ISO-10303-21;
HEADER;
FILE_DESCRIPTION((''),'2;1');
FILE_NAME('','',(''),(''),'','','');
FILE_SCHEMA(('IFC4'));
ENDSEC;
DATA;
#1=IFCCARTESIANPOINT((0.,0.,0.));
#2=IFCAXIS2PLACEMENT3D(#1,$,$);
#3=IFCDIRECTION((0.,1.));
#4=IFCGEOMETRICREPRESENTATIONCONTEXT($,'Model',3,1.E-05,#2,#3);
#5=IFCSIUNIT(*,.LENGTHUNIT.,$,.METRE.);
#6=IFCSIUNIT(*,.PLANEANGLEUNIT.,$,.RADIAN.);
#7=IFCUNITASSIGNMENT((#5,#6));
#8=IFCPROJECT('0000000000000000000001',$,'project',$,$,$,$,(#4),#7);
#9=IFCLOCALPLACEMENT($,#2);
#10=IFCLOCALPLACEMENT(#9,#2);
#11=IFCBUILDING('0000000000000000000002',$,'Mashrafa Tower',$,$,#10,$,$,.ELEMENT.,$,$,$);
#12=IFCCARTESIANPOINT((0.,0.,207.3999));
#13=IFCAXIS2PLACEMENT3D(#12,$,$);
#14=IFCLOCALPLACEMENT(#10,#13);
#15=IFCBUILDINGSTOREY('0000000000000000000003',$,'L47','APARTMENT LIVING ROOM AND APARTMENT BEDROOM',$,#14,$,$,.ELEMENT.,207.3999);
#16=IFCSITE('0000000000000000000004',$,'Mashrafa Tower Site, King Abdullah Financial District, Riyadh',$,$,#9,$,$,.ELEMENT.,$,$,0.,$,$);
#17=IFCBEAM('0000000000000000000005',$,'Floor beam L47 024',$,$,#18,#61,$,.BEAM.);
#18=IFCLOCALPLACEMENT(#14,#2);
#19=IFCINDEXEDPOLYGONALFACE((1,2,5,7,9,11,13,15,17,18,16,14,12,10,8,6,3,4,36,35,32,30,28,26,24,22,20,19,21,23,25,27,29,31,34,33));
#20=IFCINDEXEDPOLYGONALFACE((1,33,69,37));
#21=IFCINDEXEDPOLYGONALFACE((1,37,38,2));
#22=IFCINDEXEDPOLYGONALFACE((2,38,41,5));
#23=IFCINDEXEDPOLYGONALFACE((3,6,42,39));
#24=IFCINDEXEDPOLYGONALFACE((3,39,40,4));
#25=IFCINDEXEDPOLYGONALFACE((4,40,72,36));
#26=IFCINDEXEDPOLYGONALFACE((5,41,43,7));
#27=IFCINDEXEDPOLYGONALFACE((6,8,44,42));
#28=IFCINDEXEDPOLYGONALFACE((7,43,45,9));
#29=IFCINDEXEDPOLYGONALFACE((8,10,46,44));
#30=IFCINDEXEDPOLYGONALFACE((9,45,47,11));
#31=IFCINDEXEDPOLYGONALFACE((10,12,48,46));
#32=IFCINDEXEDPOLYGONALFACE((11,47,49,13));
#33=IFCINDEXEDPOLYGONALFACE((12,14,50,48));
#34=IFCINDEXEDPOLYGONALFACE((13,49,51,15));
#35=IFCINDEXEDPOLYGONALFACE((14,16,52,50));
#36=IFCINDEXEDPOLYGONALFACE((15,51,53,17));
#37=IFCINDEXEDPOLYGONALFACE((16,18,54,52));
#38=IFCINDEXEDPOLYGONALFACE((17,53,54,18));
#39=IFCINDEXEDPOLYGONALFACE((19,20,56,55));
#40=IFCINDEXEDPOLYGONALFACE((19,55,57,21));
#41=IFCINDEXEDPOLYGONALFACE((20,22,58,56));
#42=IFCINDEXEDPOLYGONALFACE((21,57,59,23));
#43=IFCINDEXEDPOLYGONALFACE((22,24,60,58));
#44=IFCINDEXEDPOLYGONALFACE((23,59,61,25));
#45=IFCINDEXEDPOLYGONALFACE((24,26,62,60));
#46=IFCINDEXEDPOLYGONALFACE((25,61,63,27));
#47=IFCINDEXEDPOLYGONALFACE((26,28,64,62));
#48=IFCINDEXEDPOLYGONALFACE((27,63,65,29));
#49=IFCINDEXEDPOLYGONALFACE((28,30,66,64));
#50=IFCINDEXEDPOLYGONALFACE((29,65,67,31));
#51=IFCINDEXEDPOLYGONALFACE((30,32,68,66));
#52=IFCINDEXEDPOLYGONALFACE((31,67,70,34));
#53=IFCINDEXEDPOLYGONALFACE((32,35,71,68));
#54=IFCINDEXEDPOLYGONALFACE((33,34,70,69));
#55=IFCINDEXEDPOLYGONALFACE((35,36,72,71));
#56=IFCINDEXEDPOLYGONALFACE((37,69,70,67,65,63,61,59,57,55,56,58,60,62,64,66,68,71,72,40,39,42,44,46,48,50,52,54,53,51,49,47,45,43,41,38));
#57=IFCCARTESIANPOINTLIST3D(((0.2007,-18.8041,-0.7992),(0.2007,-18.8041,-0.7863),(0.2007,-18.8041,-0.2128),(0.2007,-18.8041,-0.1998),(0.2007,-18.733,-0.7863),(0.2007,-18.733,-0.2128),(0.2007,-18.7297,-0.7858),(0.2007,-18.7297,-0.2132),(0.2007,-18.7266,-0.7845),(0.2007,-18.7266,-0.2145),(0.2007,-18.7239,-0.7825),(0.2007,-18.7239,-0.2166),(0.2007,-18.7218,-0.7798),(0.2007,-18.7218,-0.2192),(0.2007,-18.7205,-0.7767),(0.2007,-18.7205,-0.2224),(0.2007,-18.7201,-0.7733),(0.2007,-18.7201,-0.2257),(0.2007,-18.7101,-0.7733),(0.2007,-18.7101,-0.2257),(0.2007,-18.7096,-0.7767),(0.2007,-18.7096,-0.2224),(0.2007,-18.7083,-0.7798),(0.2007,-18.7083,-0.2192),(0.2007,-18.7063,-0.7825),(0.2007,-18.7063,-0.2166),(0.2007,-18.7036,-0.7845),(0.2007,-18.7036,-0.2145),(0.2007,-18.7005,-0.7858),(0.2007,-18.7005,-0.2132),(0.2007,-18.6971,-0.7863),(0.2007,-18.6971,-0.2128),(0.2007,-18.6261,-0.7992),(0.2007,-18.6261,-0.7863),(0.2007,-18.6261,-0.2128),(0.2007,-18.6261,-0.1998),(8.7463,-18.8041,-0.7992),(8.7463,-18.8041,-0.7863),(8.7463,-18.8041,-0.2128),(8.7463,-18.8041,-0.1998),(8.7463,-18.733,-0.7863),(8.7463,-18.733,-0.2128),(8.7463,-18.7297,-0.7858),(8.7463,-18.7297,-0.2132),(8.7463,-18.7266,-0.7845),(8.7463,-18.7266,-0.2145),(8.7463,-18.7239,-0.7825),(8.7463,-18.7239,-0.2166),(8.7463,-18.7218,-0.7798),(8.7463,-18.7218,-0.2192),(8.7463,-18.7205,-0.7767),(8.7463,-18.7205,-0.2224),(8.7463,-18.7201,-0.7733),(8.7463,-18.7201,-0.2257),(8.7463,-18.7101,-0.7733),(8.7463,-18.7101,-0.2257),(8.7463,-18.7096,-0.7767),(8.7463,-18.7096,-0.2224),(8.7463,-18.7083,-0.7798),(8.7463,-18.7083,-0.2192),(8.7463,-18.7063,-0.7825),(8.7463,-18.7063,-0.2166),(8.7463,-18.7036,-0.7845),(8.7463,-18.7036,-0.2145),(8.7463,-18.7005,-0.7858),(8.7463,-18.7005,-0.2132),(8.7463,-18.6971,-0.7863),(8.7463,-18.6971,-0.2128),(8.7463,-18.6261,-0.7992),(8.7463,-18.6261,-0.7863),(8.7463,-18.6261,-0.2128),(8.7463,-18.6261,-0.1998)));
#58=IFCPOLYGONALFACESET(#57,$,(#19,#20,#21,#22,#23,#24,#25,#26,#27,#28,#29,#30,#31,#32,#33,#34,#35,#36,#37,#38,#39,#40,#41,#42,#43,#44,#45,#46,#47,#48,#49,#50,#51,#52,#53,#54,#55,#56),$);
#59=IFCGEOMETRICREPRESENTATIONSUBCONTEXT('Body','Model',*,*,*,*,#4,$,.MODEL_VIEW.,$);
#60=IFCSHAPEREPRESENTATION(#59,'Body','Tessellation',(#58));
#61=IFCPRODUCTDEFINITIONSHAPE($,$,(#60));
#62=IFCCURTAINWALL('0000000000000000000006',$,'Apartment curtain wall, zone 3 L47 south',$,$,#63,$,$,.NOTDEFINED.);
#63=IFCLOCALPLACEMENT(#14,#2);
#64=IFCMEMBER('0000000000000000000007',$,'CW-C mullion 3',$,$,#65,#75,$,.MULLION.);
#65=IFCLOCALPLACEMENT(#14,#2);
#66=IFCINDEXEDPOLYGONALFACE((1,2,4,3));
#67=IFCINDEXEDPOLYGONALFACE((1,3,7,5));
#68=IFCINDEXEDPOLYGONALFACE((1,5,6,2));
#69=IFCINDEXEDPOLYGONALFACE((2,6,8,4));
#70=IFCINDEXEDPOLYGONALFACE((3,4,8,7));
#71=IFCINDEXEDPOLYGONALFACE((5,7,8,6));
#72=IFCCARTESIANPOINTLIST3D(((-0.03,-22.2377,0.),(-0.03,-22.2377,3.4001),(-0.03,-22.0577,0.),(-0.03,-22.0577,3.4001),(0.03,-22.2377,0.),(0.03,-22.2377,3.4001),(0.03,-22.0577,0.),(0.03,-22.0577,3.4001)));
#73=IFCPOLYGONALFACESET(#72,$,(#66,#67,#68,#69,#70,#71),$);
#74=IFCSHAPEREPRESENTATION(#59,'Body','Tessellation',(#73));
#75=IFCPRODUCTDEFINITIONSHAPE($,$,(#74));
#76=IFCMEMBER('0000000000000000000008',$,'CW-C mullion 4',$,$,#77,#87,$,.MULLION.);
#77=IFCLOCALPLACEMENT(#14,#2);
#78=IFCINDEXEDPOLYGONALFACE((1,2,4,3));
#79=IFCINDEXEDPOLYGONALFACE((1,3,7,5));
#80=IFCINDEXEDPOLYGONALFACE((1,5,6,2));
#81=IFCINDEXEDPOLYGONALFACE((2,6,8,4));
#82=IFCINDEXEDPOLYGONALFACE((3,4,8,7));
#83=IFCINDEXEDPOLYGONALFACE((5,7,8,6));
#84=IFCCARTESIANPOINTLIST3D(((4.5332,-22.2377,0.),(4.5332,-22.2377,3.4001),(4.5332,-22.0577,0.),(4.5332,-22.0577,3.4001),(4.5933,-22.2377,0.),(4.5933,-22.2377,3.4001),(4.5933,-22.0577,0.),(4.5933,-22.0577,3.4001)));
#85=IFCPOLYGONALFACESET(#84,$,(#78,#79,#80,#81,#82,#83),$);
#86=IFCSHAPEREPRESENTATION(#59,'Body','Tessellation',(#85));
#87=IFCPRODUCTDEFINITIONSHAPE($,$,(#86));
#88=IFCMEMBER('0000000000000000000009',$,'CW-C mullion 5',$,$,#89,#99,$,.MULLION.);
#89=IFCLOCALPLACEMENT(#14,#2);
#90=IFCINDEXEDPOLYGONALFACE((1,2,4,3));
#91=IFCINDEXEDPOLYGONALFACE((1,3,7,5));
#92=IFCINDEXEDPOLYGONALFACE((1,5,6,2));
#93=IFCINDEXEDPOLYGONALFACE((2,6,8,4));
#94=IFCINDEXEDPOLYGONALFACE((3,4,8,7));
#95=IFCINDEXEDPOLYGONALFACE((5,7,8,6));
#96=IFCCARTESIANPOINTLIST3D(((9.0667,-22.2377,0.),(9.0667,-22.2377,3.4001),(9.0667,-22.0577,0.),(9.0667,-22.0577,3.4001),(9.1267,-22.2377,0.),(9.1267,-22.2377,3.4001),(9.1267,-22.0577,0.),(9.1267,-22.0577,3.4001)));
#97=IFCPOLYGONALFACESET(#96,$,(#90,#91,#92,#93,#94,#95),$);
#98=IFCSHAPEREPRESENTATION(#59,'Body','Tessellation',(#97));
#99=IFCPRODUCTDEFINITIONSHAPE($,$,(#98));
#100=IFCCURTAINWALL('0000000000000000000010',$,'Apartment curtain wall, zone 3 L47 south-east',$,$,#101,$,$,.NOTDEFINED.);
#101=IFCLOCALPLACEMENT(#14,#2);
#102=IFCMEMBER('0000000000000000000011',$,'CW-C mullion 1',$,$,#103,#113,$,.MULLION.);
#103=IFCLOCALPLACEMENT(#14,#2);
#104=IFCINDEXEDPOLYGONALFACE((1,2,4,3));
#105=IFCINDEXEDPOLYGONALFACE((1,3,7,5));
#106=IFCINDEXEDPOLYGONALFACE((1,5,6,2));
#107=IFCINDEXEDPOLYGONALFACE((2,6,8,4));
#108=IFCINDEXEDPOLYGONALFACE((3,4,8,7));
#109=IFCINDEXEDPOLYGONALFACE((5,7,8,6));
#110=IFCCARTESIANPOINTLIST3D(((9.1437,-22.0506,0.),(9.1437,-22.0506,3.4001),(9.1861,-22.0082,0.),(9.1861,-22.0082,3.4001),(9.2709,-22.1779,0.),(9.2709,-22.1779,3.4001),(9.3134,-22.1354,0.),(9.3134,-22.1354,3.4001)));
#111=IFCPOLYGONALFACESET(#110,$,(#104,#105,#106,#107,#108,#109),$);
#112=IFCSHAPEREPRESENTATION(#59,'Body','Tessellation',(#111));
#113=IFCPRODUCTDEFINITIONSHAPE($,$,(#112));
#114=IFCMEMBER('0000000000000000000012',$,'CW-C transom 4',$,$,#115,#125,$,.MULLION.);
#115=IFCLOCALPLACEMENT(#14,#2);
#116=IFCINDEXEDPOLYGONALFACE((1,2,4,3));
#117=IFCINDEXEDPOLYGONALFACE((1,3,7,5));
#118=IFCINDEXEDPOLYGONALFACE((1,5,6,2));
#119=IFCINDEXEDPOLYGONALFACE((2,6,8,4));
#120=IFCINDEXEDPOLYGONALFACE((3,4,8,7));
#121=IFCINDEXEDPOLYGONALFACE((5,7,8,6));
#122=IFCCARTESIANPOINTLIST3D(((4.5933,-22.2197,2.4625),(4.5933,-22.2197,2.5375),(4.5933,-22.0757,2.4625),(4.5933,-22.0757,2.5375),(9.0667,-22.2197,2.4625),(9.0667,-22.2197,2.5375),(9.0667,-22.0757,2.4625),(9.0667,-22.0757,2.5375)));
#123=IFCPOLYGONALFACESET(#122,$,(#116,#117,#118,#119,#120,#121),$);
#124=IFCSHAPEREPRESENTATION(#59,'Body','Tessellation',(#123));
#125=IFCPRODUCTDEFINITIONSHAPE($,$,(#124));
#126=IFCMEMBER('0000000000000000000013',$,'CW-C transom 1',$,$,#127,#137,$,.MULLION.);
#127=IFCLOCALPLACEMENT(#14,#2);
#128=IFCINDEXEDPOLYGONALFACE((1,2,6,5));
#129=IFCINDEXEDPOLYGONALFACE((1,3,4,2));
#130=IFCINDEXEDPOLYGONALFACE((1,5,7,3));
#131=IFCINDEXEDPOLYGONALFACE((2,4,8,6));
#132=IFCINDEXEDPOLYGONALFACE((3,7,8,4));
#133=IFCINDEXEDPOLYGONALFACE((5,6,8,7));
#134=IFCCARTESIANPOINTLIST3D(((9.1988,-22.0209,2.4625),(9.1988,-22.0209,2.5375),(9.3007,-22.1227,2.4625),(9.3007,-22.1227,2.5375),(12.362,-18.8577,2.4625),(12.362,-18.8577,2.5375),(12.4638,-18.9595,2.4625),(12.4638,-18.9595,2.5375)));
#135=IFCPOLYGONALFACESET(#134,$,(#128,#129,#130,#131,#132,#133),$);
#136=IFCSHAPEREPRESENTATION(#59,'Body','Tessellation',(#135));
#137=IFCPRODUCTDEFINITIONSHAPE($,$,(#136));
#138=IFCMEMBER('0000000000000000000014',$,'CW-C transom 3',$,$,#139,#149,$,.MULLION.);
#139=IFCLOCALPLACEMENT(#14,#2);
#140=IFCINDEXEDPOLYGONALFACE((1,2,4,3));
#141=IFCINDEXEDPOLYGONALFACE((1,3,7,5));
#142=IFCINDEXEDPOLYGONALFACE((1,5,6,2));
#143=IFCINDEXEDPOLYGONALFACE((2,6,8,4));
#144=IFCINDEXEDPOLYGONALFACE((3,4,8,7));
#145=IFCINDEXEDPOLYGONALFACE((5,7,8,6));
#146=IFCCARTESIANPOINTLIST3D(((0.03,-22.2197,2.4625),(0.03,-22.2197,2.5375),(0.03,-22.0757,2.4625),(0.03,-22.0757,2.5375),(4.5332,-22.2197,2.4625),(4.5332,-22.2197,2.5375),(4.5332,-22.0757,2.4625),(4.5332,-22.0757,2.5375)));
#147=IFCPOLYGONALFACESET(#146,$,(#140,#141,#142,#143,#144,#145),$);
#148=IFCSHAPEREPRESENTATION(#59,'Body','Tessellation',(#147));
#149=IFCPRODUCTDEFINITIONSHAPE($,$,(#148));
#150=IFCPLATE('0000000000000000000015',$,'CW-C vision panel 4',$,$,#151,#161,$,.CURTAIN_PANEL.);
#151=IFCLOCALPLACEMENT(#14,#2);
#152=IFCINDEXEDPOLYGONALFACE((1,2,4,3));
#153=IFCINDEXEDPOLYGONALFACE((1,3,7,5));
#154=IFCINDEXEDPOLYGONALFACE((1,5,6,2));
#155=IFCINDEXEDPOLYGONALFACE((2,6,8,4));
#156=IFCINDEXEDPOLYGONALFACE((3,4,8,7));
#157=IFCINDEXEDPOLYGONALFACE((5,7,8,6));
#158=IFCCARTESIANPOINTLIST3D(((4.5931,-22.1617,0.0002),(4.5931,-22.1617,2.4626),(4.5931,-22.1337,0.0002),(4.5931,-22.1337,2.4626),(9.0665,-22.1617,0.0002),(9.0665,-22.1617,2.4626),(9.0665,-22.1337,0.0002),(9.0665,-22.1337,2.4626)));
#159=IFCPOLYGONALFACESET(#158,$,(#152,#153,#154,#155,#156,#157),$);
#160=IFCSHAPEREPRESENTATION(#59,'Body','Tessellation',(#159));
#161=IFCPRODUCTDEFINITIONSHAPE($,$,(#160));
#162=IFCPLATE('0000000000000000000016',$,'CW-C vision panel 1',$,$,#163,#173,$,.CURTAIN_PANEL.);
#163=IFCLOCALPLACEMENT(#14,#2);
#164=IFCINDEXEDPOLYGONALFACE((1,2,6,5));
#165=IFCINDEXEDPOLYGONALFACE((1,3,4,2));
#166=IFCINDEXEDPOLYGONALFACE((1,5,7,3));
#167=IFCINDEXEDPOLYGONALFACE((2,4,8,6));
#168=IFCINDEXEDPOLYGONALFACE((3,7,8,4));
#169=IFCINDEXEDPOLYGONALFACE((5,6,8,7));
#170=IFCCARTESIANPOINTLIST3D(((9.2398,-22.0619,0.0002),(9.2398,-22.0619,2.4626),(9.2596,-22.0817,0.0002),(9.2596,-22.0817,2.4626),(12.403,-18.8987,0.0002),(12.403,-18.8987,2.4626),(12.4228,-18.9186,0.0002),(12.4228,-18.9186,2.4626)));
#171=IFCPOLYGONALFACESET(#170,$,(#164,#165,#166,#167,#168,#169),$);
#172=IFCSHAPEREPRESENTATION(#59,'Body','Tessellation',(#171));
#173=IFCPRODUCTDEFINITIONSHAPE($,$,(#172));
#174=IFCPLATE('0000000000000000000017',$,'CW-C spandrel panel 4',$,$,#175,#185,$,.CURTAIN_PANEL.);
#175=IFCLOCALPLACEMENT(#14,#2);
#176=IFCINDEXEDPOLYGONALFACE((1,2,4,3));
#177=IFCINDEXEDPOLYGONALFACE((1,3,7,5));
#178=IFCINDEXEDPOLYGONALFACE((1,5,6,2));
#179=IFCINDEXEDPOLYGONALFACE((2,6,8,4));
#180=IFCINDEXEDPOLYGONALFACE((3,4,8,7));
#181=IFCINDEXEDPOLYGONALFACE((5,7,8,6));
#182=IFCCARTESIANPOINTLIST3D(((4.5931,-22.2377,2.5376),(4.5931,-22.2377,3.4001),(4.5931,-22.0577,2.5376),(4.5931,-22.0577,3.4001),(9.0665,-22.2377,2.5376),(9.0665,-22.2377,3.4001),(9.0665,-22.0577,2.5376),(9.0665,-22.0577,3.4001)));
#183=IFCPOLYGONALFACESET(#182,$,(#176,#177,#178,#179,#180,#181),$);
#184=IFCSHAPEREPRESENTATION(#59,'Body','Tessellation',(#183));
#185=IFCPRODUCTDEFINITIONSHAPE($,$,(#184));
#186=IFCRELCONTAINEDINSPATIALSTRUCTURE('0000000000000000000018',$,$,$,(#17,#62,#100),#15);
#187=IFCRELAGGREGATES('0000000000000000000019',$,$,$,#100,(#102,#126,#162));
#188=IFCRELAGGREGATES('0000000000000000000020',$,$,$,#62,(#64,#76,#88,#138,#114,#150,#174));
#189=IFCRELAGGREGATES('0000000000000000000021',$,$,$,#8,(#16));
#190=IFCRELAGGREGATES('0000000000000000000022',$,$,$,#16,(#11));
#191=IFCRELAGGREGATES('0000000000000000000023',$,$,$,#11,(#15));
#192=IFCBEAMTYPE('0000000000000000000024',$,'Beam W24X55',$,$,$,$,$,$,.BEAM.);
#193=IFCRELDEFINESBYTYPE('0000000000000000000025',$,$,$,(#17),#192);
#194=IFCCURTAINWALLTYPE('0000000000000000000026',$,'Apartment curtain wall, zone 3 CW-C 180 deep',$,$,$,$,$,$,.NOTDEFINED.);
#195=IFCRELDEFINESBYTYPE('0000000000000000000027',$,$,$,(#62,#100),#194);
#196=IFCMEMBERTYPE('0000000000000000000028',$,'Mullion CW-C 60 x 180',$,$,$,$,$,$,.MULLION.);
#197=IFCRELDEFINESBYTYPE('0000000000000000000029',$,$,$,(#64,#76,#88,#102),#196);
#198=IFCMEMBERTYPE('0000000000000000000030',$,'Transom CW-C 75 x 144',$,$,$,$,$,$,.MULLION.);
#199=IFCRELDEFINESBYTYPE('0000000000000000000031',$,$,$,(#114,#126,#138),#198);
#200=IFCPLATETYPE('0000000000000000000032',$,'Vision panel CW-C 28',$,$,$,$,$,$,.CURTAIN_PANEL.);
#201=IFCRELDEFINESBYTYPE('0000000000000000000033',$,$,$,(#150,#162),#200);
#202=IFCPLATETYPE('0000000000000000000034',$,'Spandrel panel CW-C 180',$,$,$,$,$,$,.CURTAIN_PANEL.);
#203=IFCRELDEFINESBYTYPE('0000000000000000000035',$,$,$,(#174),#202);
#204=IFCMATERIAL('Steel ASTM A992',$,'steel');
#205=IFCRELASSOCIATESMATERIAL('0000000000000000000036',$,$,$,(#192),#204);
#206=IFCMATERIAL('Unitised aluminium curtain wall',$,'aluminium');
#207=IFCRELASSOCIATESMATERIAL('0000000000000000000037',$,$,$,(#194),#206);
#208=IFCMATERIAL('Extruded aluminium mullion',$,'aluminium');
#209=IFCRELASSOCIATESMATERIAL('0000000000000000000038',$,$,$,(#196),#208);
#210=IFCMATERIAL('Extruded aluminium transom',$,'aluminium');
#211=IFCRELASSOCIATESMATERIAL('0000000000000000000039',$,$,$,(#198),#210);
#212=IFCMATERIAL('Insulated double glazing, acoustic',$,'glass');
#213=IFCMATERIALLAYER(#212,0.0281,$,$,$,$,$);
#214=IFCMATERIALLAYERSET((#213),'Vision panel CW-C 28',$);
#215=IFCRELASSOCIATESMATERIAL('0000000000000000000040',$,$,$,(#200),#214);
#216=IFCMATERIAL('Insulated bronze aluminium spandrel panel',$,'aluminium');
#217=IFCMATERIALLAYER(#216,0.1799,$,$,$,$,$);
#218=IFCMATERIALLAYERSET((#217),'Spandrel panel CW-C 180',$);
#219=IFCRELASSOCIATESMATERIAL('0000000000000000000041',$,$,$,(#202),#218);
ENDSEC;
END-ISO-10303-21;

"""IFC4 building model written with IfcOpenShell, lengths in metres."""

from ifc_helpers import new_model, si_unit, direction, frame, origin, origin_2d, place, context, subcontext, project, spatial, rectangle, i_section, extrude, source, transform, mapped, material, layer, layer_set, material_profile, profile_set, type_object, type_shapes, element, aggregate, save


model = new_model("IFC4")

# Units and contexts
model_context = context("Model", 3, precision=1e-05, world=origin(), true_north=direction((0.0, 1.0)))
body_context = subcontext(model_context, "Body", "Model", "MODEL_VIEW")
ifc_project = project(units=[si_unit("LENGTHUNIT", "METRE"), si_unit("PLANEANGLEUNIT", "RADIAN")], contexts=[model_context])

# Site, building, storey
site_placement = place(None, origin())
site = spatial("IfcSite", under=ifc_project, at=site_placement, Name="Mashrafa Tower Site, King Abdullah Financial District, Riyadh", CompositionType="ELEMENT", RefElevation=0.0)
building_placement = place(site_placement, origin())
building = spatial("IfcBuilding", under=site, at=building_placement, Name="Mashrafa Tower", CompositionType="ELEMENT")
storey_placement = place(building_placement, frame((0.0, 0.0, 207.3999)))
storey = spatial("IfcBuildingStorey", under=building, at=storey_placement, Name="L47", Description="APARTMENT LIVING ROOM AND APARTMENT BEDROOM", CompositionType="ELEMENT", Elevation=207.3999)

# Beam
ifc_material_1 = material(Name="Steel ASTM A992", Category="steel")
ifc_material_profile_1 = material_profile(ifc_material_1, i_section(OverallWidth=0.178, OverallDepth=0.5994, WebThickness=0.01, FlangeThickness=0.0129, FilletRadius=0.0129, at=origin_2d()), Name="W24X55")
ifc_profile_set_1 = profile_set([ifc_material_profile_1], Name="Steel ASTM A992")
beam_type_1 = type_object("IfcBeamType", Name="Beam W24X55", PredefinedType="BEAM", material=ifc_profile_set_1)
beam_1_placement = place(storey_placement, frame((8.7463, -18.7151, -0.4995), z_axis=(-1.0, 0.0, 0.0), x_axis=(0.0, -1.0, 0.0)))
element("IfcBeam", 1, at=beam_1_placement, inside=storey, type_object=beam_type_1, Name="Floor beam L47 024", PredefinedType="BEAM", context=body_context, shape_type="SweptSolid", body=[
    extrude(i_section(OverallWidth=0.178, OverallDepth=0.5994, WebThickness=0.01, FlangeThickness=0.0129, FilletRadius=0.0129, at=origin_2d()), origin(), (0.0, 0.0, 1.0), 8.5457),
])

# Curtain wall, members
ifc_material_2 = material(Name="Unitised aluminium curtain wall", Category="aluminium")
curtain_wall_type = type_object("IfcCurtainWallType", Name="Apartment curtain wall, zone 3 CW-C 180 deep", PredefinedType="NOTDEFINED", material=ifc_material_2)
curtain_wall_1_placement = place(storey_placement, origin())
curtain_wall_1 = element("IfcCurtainWall", 2, at=curtain_wall_1_placement, inside=storey, type_object=curtain_wall_type, Name="Apartment curtain wall, zone 3 L47 south", PredefinedType="NOTDEFINED")
ifc_material_3 = material(Name="Extruded aluminium mullion", Category="aluminium")
ifc_material_profile_2 = material_profile(ifc_material_3, rectangle(XDim=0.1799, YDim=0.0601, at=origin_2d()), Name="Mullion 60x180")
ifc_profile_set_2 = profile_set([ifc_material_profile_2], Name="Extruded aluminium mullion")
member_type_1 = type_object("IfcMemberType", Name="Mullion CW-C 60 x 180", PredefinedType="MULLION", material=ifc_profile_set_2)
shared_shape_1 = source(origin(), body_context, "Body", "SweptSolid", [
    extrude(rectangle(XDim=0.1799, YDim=0.0601, at=origin_2d()), origin(), (0.0, 0.0, 1.0), 3.4001),
])
type_shapes(member_type_1, [shared_shape_1])
member_1_placement = place(storey_placement, frame((0.0, -22.1477, 0.0), z_axis=(0.0, 0.0, 1.0), x_axis=(0.0, 1.0, 0.0)))
member_1 = element("IfcMember", 3, at=member_1_placement, type_object=member_type_1, Name="CW-C mullion 3", PredefinedType="MULLION", context=body_context, shape_type="MappedRepresentation", body=[
    mapped(shared_shape_1, transform((0.0, 0.0, 0.0))),
])
member_2_placement = place(storey_placement, frame((4.5632, -22.1477, 0.0), z_axis=(0.0, 0.0, 1.0), x_axis=(0.0, 1.0, 0.0)))
member_2 = element("IfcMember", 4, at=member_2_placement, type_object=member_type_1, Name="CW-C mullion 4", PredefinedType="MULLION", context=body_context, shape_type="MappedRepresentation", body=[
    mapped(shared_shape_1, transform((0.0, 0.0, 0.0))),
])
member_3_placement = place(storey_placement, frame((9.0967, -22.1477, 0.0), z_axis=(0.0, 0.0, 1.0), x_axis=(0.0, 1.0, 0.0)))
member_3 = element("IfcMember", 5, at=member_3_placement, type_object=member_type_1, Name="CW-C mullion 5", PredefinedType="MULLION", context=body_context, shape_type="MappedRepresentation", body=[
    mapped(shared_shape_1, transform((0.0, 0.0, 0.0))),
])

# Curtain wall, member
curtain_wall_2_placement = place(storey_placement, origin())
curtain_wall_2 = element("IfcCurtainWall", 6, at=curtain_wall_2_placement, inside=storey, type_object=curtain_wall_type, Name="Apartment curtain wall, zone 3 L47 south-east", PredefinedType="NOTDEFINED")
member_4_placement = place(storey_placement, frame((9.2285, -22.093, 0.0), z_axis=(0.0, 0.0, 1.0), x_axis=(-0.707107, 0.707107, 0.0)))
member_4 = element("IfcMember", 7, at=member_4_placement, type_object=member_type_1, Name="CW-C mullion 1", PredefinedType="MULLION", context=body_context, shape_type="MappedRepresentation", body=[
    mapped(shared_shape_1, transform((0.0, 0.0, 0.0))),
])

# Members
ifc_material_4 = material(Name="Extruded aluminium transom", Category="aluminium")
ifc_material_profile_3 = material_profile(ifc_material_4, rectangle(XDim=0.144, YDim=0.075, at=origin_2d()), Name="Transom 75x144")
ifc_profile_set_3 = profile_set([ifc_material_profile_3], Name="Extruded aluminium transom")
member_type_2 = type_object("IfcMemberType", Name="Transom CW-C 75 x 144", PredefinedType="MULLION", material=ifc_profile_set_3)
shared_shape_2 = source(origin(), body_context, "Body", "SweptSolid", [
    extrude(rectangle(XDim=0.144, YDim=0.075, at=origin_2d()), origin(), (0.0, 0.0, 1.0), 4.4734),
])
member_5_placement = place(storey_placement, frame((4.5933, -22.1477, 2.5), z_axis=(1.0, 0.0, 0.0), x_axis=(0.0, 1.0, 0.0)))
member_5 = element("IfcMember", 8, at=member_5_placement, type_object=member_type_2, Name="CW-C transom 4", PredefinedType="MULLION", context=body_context, shape_type="MappedRepresentation", body=[
    mapped(shared_shape_2, transform((0.0, 0.0, 0.0))),
])
member_6_placement = place(storey_placement, frame((9.2498, -22.0718, 2.5), z_axis=(0.707107, 0.707107, 0.0), x_axis=(-0.707107, 0.707107, 0.0)))
member_6 = element("IfcMember", 9, at=member_6_placement, type_object=member_type_2, Name="CW-C transom 1", PredefinedType="MULLION", context=body_context, shape_type="MappedRepresentation", body=[
    mapped(shared_shape_2, transform((0.0, 0.0, 0.0))),
])
shared_shape_3 = source(origin(), body_context, "Body", "SweptSolid", [
    extrude(rectangle(XDim=0.144, YDim=0.075, at=origin_2d()), origin(), (0.0, 0.0, 1.0), 4.5032),
])
type_shapes(member_type_2, [shared_shape_2, shared_shape_3])
member_7_placement = place(storey_placement, frame((0.03, -22.1477, 2.5), z_axis=(1.0, 0.0, 0.0), x_axis=(0.0, 1.0, 0.0)))
member_7 = element("IfcMember", 10, at=member_7_placement, type_object=member_type_2, Name="CW-C transom 3", PredefinedType="MULLION", context=body_context, shape_type="MappedRepresentation", body=[
    mapped(shared_shape_3, transform((0.0, 0.0, 0.0))),
])

# Plates
ifc_material_5 = material(Name="Insulated double glazing, acoustic", Category="glass")
ifc_layer_1 = layer(ifc_material_5, 0.0281)
ifc_layer_set_1 = layer_set([ifc_layer_1], Name="Vision panel CW-C 28")
plate_type_1 = type_object("IfcPlateType", Name="Vision panel CW-C 28", PredefinedType="CURTAIN_PANEL", material=ifc_layer_set_1)
shared_shape_4 = source(origin(), body_context, "Body", "SweptSolid", [
    extrude(rectangle(XDim=4.4734, YDim=0.0281, at=origin_2d()), origin(), (0.0, 0.0, 1.0), 2.4624),
])
plate_1_placement = place(storey_placement, frame((6.8298, -22.1477, 0.0002), z_axis=(0.0, 0.0, 1.0), x_axis=(1.0, 0.0, 0.0)))
plate_1 = element("IfcPlate", 11, at=plate_1_placement, type_object=plate_type_1, Name="CW-C vision panel 4", PredefinedType="CURTAIN_PANEL", context=body_context, shape_type="MappedRepresentation", body=[
    mapped(shared_shape_4, transform((0.0, 0.0, 0.0))),
])
plate_2_placement = place(storey_placement, frame((10.8313, -20.4902, 0.0002), z_axis=(0.0, 0.0, 1.0), x_axis=(0.707107, 0.707107, 0.0)))
plate_2 = element("IfcPlate", 12, at=plate_2_placement, type_object=plate_type_1, Name="CW-C vision panel 1", PredefinedType="CURTAIN_PANEL", context=body_context, shape_type="MappedRepresentation", body=[
    mapped(shared_shape_4, transform((0.0, 0.0, 0.0))),
])
ifc_material_6 = material(Name="Insulated bronze aluminium spandrel panel", Category="aluminium")
ifc_layer_2 = layer(ifc_material_6, 0.1799)
ifc_layer_set_2 = layer_set([ifc_layer_2], Name="Spandrel panel CW-C 180")
plate_type_2 = type_object("IfcPlateType", Name="Spandrel panel CW-C 180", PredefinedType="CURTAIN_PANEL", material=ifc_layer_set_2)
shared_shape_5 = source(origin(), body_context, "Body", "SweptSolid", [
    extrude(rectangle(XDim=4.4734, YDim=0.1799, at=origin_2d()), origin(), (0.0, 0.0, 1.0), 0.8625),
])
plate_3_placement = place(storey_placement, frame((6.8298, -22.1477, 2.5376), z_axis=(0.0, 0.0, 1.0), x_axis=(1.0, 0.0, 0.0)))
plate_3 = element("IfcPlate", 13, at=plate_3_placement, type_object=plate_type_2, Name="CW-C spandrel panel 4", PredefinedType="CURTAIN_PANEL", context=body_context, shape_type="MappedRepresentation", body=[
    mapped(shared_shape_5, transform((0.0, 0.0, 0.0))),
])
aggregate(curtain_wall_2, [member_4, member_6, plate_2])
aggregate(curtain_wall_1, [member_1, member_2, member_3, member_7, member_5, plate_1, plate_3])

save(model, "model.ifc")
